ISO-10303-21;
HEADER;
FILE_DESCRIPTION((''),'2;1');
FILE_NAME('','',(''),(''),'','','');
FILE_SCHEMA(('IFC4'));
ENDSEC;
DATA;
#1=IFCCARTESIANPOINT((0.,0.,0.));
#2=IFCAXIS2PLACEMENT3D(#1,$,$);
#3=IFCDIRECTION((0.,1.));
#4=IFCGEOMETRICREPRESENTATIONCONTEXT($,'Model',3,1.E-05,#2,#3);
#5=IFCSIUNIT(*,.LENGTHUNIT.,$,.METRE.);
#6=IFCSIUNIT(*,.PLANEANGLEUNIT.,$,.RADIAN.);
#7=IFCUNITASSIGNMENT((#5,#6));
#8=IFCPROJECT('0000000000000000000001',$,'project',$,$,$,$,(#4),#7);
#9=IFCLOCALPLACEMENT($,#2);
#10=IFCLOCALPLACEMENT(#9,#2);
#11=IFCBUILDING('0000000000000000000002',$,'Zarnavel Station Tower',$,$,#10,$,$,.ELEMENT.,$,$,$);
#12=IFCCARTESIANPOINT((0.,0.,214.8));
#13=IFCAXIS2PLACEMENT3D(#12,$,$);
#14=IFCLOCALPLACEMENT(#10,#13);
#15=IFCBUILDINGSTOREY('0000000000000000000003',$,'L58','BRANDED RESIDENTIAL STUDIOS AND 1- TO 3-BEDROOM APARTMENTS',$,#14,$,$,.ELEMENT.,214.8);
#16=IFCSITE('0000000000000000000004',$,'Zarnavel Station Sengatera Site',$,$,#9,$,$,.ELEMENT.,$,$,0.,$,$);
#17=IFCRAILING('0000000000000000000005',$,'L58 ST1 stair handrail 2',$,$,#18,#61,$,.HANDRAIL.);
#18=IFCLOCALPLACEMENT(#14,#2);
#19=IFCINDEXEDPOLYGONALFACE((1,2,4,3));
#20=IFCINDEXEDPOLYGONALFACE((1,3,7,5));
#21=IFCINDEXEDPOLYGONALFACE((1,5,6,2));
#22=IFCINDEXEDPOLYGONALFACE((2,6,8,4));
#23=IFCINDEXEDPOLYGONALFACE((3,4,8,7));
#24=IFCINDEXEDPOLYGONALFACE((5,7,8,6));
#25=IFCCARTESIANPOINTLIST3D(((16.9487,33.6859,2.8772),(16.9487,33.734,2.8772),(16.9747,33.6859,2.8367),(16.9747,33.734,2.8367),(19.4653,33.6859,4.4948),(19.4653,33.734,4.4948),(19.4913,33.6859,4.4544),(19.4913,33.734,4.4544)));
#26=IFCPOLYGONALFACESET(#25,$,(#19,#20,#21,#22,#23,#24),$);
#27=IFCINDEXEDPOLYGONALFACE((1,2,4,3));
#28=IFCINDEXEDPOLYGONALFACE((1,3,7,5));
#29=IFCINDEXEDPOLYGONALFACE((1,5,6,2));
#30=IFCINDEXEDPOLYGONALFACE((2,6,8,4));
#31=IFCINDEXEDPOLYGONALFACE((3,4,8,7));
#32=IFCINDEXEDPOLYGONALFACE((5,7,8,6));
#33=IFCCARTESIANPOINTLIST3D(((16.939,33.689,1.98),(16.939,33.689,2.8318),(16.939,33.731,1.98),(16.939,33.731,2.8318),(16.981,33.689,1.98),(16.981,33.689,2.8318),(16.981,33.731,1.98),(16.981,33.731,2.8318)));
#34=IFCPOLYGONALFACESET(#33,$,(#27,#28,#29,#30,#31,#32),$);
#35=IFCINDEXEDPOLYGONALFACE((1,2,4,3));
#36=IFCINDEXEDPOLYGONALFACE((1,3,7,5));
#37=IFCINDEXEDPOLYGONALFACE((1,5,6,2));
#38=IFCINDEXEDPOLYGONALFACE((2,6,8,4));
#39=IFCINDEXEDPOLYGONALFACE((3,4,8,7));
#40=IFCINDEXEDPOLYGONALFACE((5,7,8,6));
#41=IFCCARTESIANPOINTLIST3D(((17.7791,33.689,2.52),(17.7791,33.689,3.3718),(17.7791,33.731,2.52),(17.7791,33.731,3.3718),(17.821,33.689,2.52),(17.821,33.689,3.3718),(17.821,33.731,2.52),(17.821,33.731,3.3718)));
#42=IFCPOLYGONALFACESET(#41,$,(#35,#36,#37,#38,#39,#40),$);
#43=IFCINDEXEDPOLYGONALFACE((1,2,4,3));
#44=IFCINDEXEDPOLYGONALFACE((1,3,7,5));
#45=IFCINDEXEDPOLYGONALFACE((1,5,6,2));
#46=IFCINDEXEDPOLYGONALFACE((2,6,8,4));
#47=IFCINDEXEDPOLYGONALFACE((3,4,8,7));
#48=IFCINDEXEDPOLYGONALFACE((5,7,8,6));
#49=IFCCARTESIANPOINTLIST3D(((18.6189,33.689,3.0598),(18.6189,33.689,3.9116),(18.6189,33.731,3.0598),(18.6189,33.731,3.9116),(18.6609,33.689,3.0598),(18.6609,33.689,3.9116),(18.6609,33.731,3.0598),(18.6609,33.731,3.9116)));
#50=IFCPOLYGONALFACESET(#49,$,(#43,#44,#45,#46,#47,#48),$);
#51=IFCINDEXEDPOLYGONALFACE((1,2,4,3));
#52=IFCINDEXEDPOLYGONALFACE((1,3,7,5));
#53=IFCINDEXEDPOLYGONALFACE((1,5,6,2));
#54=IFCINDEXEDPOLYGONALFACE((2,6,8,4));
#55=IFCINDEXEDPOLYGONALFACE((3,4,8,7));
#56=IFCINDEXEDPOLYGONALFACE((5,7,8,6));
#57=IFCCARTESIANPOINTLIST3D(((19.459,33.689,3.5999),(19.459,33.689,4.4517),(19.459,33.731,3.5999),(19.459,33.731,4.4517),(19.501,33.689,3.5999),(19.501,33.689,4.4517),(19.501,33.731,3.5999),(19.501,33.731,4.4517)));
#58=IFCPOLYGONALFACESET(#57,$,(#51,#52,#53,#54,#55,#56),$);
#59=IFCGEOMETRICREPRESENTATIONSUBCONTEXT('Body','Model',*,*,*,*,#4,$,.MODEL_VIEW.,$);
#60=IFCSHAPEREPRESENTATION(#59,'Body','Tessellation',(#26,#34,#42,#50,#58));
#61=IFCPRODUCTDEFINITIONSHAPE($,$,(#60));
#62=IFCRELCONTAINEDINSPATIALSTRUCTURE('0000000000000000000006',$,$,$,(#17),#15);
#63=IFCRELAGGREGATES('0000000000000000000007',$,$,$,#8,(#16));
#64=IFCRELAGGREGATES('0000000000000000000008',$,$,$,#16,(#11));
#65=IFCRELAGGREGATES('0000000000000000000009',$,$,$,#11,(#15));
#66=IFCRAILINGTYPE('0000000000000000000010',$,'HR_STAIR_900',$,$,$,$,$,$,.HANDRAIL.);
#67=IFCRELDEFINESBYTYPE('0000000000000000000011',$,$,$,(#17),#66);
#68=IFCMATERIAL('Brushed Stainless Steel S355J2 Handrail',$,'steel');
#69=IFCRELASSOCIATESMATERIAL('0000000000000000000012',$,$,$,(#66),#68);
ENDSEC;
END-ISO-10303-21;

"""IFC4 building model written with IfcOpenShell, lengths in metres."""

from ifc_helpers import new_model, si_unit, direction, frame, origin, origin_2d, place, context, subcontext, project, spatial, rectangle, extrude, material, type_object, element, save


model = new_model("IFC4")

# Units and contexts
model_context = context("Model", 3, precision=1e-05, world=origin(), true_north=direction((0.0, 1.0)))
body_context = subcontext(model_context, "Body", "Model", "MODEL_VIEW")
ifc_project = project(units=[si_unit("LENGTHUNIT", "METRE"), si_unit("PLANEANGLEUNIT", "RADIAN")], contexts=[model_context])

# Site, building, storey
site_placement = place(None, origin())
site = spatial("IfcSite", under=ifc_project, at=site_placement, Name="Zarnavel Station Sengatera Site", CompositionType="ELEMENT", RefElevation=0.0)
building_placement = place(site_placement, origin())
building = spatial("IfcBuilding", under=site, at=building_placement, Name="Zarnavel Station Tower", CompositionType="ELEMENT")
storey_placement = place(building_placement, frame((0.0, 0.0, 214.8)))
storey = spatial("IfcBuildingStorey", under=building, at=storey_placement, Name="L58", Description="BRANDED RESIDENTIAL STUDIOS AND 1- TO 3-BEDROOM APARTMENTS", CompositionType="ELEMENT", Elevation=214.8)

# Railing
ifc_material_1 = material(Name="Brushed Stainless Steel S355J2 Handrail", Category="steel")
railing_type_1 = type_object("IfcRailingType", Name="HR_STAIR_900", PredefinedType="HANDRAIL", material=ifc_material_1)
railing_1_placement = place(storey_placement, frame((16.96, 33.71, 1.98)))
element("IfcRailing", 1, at=railing_1_placement, inside=storey, type_object=railing_type_1, Name="L58 ST1 stair handrail 2", PredefinedType="HANDRAIL", context=body_context, shape_type="SweptSolid", body=[
    extrude(rectangle(XDim=0.0481, YDim=0.0481, at=origin_2d()), frame((0.0017, 0.0, 0.877), z_axis=(0.8412, 0.0, 0.540725), x_axis=(0.0, 1.0, 0.0)), (0.0, 0.0, 1.0), 2.9917),
    extrude(rectangle(XDim=0.042, YDim=0.042, at=origin_2d()), origin(), (0.0, 0.0, 1.0), 0.8518),
    extrude(rectangle(XDim=0.042, YDim=0.042, at=origin_2d()), frame((0.8401, 0.0, 0.54)), (0.0, 0.0, 1.0), 0.8518),
    extrude(rectangle(XDim=0.042, YDim=0.042, at=origin_2d()), frame((1.6799, 0.0, 1.0798)), (0.0, 0.0, 1.0), 0.8518),
    extrude(rectangle(XDim=0.042, YDim=0.042, at=origin_2d()), frame((2.52, 0.0, 1.6199)), (0.0, 0.0, 1.0), 0.8518),
])

save(model, "model.ifc")
